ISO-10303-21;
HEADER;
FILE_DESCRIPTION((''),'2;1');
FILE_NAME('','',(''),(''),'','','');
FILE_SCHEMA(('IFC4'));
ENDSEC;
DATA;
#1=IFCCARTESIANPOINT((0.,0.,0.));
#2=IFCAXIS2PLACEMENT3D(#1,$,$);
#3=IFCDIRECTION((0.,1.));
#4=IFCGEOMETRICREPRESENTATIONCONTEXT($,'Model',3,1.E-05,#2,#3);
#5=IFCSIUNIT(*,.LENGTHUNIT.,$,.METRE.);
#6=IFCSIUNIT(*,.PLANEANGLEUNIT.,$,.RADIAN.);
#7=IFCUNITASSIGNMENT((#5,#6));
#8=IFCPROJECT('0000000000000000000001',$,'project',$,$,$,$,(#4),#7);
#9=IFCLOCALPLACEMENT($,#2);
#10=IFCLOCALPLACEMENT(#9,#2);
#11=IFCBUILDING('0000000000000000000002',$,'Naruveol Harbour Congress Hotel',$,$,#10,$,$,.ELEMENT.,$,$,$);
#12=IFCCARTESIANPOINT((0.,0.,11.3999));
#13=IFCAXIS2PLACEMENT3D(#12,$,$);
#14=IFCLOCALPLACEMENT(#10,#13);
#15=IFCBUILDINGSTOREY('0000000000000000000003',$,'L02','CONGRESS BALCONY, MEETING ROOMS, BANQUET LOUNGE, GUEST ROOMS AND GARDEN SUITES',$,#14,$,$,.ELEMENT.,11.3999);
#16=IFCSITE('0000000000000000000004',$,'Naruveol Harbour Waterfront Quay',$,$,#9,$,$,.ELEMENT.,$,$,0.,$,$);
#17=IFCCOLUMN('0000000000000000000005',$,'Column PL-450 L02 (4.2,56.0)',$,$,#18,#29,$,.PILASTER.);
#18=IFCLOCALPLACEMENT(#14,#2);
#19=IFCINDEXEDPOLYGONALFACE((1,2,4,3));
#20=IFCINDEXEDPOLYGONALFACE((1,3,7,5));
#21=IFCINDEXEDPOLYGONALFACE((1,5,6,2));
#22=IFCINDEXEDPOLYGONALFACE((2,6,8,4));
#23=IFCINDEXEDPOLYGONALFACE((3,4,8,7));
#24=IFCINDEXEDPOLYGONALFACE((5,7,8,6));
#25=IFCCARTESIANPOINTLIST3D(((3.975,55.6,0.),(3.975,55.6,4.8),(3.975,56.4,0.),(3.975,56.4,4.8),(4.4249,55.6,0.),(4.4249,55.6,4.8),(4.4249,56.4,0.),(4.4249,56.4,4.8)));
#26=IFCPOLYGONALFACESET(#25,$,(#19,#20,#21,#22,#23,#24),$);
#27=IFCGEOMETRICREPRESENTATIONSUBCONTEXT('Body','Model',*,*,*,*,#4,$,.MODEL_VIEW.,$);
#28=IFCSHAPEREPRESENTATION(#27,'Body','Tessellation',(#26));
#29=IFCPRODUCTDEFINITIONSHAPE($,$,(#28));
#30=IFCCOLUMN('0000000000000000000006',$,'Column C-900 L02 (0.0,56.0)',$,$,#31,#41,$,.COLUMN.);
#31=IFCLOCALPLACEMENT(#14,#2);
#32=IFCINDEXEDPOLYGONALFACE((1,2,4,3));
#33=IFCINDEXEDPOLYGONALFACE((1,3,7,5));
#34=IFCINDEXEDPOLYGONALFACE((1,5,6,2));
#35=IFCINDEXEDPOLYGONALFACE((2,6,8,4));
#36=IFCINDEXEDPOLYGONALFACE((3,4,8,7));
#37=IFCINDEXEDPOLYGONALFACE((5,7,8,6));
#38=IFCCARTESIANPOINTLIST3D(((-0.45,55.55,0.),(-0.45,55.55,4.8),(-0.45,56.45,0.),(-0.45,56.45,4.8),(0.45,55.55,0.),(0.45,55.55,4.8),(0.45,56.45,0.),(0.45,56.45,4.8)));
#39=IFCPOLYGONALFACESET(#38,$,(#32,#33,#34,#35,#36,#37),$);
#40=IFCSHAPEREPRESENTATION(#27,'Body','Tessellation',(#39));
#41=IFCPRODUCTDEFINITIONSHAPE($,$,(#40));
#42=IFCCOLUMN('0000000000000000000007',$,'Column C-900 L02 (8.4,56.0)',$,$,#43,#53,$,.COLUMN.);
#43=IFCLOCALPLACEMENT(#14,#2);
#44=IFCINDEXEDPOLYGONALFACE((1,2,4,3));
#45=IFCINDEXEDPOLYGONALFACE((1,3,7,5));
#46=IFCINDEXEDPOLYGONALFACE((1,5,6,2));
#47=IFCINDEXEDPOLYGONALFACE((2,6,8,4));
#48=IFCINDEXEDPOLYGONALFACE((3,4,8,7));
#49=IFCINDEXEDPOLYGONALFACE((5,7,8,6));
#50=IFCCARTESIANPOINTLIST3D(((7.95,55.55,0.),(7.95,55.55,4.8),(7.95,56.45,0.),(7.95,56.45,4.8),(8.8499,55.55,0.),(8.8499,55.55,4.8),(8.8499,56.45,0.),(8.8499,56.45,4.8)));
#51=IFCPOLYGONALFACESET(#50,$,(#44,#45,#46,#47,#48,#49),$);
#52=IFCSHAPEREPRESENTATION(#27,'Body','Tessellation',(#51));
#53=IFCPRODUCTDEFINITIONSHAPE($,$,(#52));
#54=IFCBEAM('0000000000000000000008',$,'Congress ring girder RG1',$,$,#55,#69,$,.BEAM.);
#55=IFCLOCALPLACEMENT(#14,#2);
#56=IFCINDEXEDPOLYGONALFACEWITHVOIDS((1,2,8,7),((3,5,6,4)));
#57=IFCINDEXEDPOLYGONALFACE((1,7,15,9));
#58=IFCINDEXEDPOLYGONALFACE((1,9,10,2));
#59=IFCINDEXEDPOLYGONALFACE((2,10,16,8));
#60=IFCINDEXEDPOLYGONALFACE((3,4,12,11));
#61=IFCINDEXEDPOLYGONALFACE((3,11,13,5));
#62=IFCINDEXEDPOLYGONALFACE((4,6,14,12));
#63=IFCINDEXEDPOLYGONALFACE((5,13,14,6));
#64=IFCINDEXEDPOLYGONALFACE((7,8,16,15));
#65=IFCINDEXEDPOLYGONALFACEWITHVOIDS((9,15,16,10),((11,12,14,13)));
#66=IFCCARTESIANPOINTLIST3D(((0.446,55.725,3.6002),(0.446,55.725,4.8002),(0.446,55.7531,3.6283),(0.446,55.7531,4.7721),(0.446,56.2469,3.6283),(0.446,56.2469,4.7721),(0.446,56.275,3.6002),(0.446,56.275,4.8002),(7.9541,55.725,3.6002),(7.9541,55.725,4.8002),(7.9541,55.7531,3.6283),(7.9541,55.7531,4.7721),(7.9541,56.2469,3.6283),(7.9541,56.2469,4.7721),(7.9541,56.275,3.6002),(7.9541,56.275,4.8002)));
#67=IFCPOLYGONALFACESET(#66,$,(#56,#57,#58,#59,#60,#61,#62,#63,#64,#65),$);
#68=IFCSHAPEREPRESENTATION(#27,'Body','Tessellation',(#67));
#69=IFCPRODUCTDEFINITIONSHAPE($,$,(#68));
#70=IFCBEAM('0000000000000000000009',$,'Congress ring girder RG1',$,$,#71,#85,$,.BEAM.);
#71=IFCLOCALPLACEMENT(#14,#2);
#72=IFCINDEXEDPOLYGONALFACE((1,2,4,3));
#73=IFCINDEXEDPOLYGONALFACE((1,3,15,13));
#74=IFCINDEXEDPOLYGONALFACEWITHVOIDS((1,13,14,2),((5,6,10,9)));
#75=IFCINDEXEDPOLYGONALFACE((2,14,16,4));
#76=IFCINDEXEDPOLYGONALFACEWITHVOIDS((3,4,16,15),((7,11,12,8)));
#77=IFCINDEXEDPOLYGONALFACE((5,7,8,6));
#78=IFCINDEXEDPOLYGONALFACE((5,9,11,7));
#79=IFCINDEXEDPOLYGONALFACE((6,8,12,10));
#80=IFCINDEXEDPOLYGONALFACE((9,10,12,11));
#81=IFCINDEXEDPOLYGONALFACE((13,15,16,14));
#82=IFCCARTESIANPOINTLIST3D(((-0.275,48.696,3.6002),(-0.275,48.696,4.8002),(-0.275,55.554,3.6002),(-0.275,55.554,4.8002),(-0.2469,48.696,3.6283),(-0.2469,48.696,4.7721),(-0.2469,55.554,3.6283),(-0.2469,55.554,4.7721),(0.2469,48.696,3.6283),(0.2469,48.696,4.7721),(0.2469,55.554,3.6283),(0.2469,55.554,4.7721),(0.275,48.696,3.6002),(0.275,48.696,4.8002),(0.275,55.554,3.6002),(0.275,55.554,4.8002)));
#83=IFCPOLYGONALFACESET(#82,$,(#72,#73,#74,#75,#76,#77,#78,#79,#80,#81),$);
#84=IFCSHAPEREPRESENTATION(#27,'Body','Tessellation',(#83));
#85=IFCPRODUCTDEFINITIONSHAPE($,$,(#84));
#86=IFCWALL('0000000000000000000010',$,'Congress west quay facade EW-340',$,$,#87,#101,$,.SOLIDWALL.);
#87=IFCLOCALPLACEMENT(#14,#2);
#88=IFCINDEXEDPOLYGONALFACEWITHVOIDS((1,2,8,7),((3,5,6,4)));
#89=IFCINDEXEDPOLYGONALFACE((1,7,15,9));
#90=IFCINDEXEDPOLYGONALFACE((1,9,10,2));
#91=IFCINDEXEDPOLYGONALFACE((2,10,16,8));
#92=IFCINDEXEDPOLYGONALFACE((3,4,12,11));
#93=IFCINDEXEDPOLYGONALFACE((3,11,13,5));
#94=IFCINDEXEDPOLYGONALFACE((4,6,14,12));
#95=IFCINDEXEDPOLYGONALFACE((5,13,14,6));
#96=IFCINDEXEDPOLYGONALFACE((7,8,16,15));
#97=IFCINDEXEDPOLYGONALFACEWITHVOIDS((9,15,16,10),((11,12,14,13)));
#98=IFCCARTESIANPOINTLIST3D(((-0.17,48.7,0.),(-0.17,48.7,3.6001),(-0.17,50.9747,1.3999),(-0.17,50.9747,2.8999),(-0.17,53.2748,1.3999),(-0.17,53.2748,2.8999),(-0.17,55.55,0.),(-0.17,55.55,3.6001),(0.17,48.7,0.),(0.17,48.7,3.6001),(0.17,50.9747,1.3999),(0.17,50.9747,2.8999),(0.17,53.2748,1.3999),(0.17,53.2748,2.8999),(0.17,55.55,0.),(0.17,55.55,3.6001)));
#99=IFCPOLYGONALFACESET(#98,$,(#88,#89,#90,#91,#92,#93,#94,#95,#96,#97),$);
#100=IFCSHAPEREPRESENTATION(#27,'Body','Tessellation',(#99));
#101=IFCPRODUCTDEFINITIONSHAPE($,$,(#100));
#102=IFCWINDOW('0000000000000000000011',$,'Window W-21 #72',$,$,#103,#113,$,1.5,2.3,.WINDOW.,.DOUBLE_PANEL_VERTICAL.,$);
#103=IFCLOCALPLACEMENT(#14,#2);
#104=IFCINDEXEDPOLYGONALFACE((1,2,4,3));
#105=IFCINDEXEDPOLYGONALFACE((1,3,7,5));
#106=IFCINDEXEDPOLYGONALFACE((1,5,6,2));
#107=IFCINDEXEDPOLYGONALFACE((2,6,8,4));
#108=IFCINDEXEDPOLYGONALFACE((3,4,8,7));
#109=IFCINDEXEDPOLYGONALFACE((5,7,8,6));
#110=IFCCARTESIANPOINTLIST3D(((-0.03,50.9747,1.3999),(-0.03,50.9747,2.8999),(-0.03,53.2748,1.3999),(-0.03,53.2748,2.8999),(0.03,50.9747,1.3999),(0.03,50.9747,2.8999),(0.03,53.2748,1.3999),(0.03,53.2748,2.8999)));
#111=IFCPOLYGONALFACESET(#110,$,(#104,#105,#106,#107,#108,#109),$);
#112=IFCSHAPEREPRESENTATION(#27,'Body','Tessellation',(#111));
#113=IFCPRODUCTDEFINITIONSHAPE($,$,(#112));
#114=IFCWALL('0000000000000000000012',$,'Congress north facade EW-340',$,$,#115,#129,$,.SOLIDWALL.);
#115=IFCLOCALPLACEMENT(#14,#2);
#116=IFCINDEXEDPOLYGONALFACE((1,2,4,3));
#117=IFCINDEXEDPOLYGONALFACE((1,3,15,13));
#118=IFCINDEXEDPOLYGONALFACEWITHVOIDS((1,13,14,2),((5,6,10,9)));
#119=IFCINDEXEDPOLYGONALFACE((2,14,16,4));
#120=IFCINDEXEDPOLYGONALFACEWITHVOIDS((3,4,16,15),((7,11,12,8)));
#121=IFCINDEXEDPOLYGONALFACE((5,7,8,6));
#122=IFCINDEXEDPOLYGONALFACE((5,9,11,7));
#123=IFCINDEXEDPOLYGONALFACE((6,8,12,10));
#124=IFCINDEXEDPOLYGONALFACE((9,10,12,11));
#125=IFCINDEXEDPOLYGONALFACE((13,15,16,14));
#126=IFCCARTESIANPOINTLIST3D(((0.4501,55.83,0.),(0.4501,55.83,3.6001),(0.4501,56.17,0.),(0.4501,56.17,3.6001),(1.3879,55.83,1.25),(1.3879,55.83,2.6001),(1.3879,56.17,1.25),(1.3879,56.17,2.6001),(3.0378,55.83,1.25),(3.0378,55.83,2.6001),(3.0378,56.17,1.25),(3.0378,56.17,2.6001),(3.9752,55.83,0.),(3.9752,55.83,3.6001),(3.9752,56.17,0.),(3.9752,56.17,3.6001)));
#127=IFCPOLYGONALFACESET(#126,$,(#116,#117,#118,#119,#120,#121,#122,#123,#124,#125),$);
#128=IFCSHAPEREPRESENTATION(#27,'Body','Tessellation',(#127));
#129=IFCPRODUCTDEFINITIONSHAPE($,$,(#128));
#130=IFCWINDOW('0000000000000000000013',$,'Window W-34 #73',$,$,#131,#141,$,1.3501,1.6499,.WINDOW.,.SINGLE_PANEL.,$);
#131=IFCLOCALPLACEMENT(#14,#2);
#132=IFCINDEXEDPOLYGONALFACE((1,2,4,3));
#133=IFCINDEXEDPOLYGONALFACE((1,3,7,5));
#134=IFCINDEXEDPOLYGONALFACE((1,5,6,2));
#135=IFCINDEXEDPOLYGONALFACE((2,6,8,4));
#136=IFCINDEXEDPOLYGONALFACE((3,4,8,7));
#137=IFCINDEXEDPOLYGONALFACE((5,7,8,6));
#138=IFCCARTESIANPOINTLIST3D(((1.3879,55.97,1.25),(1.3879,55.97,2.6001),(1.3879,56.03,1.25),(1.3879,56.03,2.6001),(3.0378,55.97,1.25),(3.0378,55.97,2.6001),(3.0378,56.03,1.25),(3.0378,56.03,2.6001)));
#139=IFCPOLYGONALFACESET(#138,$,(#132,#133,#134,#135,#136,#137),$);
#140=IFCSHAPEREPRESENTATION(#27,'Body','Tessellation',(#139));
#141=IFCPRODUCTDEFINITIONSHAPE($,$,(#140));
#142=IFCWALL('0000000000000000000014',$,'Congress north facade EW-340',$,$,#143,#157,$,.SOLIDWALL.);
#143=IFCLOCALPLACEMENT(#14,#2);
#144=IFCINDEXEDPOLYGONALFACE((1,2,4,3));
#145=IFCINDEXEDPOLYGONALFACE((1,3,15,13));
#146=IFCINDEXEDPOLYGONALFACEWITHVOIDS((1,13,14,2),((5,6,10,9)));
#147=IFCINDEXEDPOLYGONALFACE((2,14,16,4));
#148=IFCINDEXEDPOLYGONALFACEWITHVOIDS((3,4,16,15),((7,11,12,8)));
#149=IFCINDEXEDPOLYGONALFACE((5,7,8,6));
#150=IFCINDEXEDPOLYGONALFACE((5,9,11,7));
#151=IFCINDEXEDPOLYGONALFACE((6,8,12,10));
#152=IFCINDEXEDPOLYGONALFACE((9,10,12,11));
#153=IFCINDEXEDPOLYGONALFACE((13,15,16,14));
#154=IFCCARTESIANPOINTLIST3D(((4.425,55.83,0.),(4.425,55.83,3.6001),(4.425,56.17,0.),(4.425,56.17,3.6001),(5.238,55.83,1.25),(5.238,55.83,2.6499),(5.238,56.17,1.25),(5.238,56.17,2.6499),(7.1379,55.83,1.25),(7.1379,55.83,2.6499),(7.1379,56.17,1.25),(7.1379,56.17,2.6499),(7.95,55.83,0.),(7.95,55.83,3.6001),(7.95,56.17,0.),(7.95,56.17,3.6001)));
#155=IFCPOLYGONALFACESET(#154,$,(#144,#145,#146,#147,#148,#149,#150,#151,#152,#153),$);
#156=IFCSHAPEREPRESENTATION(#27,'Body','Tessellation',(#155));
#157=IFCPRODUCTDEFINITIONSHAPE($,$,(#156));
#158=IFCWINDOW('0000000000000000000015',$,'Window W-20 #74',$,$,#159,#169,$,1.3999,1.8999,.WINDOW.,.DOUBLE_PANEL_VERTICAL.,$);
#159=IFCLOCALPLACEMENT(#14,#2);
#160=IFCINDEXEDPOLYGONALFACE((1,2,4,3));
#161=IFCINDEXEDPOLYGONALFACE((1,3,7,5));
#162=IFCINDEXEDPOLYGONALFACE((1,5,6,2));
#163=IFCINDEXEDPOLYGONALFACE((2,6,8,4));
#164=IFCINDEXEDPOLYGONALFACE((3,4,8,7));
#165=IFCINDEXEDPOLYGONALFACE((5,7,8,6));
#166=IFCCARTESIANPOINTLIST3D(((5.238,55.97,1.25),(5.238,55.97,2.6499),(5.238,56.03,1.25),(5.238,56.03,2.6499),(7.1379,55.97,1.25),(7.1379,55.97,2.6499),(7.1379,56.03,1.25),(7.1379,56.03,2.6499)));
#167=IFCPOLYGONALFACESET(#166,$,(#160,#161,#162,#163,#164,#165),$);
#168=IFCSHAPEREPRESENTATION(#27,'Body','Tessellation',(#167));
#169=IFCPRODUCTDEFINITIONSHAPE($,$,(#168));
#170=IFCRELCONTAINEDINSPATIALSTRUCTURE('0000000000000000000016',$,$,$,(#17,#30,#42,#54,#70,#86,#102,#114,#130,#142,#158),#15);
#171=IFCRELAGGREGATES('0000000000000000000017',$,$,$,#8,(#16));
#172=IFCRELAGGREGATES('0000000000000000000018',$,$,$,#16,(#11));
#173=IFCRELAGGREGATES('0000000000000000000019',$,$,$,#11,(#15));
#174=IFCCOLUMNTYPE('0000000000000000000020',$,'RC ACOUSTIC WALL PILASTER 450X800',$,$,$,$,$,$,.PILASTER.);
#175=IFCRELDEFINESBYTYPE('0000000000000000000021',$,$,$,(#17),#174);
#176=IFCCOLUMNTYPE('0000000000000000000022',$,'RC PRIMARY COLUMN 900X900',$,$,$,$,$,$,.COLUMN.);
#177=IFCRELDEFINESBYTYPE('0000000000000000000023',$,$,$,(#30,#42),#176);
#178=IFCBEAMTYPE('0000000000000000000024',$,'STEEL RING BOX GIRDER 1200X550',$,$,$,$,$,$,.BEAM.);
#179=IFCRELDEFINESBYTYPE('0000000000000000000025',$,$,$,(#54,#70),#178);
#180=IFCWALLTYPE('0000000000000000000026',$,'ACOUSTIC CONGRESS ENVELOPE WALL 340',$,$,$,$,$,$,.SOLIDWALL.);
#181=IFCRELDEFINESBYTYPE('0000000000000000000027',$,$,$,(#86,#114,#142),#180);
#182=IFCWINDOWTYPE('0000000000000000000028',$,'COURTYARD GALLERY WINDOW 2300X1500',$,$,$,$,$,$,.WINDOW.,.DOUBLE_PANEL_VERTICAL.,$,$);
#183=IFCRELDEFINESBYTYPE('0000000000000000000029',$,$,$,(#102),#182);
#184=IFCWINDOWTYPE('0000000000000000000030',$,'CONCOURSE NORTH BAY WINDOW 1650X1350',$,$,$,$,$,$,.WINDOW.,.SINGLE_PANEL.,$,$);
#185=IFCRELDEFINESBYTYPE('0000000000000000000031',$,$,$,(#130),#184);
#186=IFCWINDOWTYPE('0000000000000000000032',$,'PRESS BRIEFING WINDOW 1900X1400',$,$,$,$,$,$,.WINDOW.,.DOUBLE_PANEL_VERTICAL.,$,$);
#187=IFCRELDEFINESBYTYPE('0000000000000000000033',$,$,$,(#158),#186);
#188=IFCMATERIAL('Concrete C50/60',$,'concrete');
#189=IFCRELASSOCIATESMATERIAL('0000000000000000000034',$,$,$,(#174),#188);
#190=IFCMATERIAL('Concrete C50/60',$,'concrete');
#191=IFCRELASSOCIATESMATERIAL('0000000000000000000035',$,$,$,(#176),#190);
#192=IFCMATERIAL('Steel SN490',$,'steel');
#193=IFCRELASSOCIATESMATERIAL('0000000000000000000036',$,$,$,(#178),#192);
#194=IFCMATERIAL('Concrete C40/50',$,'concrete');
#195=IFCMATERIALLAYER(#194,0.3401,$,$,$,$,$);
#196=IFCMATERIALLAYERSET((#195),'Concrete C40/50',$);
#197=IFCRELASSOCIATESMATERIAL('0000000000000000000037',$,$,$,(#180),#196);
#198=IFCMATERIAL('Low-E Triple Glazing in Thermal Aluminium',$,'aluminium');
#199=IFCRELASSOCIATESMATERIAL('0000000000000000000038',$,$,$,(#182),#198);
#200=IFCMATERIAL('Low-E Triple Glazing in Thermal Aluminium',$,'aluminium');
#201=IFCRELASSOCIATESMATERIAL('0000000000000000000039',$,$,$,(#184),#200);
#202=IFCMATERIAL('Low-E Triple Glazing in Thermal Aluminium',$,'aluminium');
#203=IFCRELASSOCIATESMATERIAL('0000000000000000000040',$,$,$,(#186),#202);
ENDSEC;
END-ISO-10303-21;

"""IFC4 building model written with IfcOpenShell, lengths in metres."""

from ifc_helpers import new_model, si_unit, direction, frame, frame_2d, origin, origin_2d, place, context, subcontext, project, spatial, rectangle, hollow_rectangle, extrude, material, layer, layer_set, material_profile, profile_set, type_object, element, fill, save


model = new_model("IFC4")

# Units and contexts
model_context = context("Model", 3, precision=1e-05, world=origin(), true_north=direction((0.0, 1.0)))
body_context = subcontext(model_context, "Body", "Model", "MODEL_VIEW")
ifc_project = project(units=[si_unit("LENGTHUNIT", "METRE"), si_unit("PLANEANGLEUNIT", "RADIAN")], contexts=[model_context])

# Site, building, storey
site_placement = place(None, origin())
site = spatial("IfcSite", under=ifc_project, at=site_placement, Name="Naruveol Harbour Waterfront Quay", CompositionType="ELEMENT", RefElevation=0.0)
building_placement = place(site_placement, origin())
building = spatial("IfcBuilding", under=site, at=building_placement, Name="Naruveol Harbour Congress Hotel", CompositionType="ELEMENT")
storey_placement = place(building_placement, frame((0.0, 0.0, 11.3999)))
storey = spatial("IfcBuildingStorey", under=building, at=storey_placement, Name="L02", Description="CONGRESS BALCONY, MEETING ROOMS, BANQUET LOUNGE, GUEST ROOMS AND GARDEN SUITES", CompositionType="ELEMENT", Elevation=11.3999)

# Columns
ifc_material_1 = material(Name="Concrete C50/60", Category="concrete")
ifc_material_profile_1 = material_profile(ifc_material_1, rectangle(XDim=0.45, YDim=0.8, at=origin_2d()), Name="RC-450x800")
ifc_profile_set_1 = profile_set([ifc_material_profile_1], Name="Concrete C50/60")
column_type_1 = type_object("IfcColumnType", Name="RC ACOUSTIC WALL PILASTER 450X800", PredefinedType="PILASTER", material=ifc_profile_set_1)
column_placement = place(storey_placement, frame((4.2, 56.0, 0.0), z_axis=(0.0, 0.0, 1.0), x_axis=(1.0, 0.0, 0.0)))
element("IfcColumn", 1, at=column_placement, inside=storey, type_object=column_type_1, Name="Column PL-450 L02 (4.2,56.0)", PredefinedType="PILASTER", context=body_context, shape_type="SweptSolid", body=[
    extrude(rectangle(XDim=0.45, YDim=0.8, at=origin_2d()), origin(), (0.0, 0.0, 1.0), 4.8),
])
ifc_material_2 = material(Name="Concrete C50/60", Category="concrete")
ifc_material_profile_2 = material_profile(ifc_material_2, rectangle(XDim=0.8999, YDim=0.8999, at=origin_2d()), Name="RC-900x900")
ifc_profile_set_2 = profile_set([ifc_material_profile_2], Name="Concrete C50/60")
column_type_2 = type_object("IfcColumnType", Name="RC PRIMARY COLUMN 900X900", PredefinedType="COLUMN", material=ifc_profile_set_2)
for number, where, z_axis, x_axis, name in (
    (2, (0.0, 56.0, 0.0), (0.0, 0.0, 1.0), (1.0, 0.0, 0.0), "Column C-900 L02 (0.0,56.0)"),
    (3, (8.3999, 56.0, 0.0), (0.0, 0.0, 1.0), (1.0, 0.0, 0.0), "Column C-900 L02 (8.4,56.0)"),
):
    element("IfcColumn", number, at=place(storey_placement, frame(where, z_axis=z_axis, x_axis=x_axis)), inside=storey, type_object=column_type_2, Name=name, PredefinedType="COLUMN", context=body_context, shape_type="SweptSolid", body=[
        extrude(rectangle(XDim=0.8999, YDim=0.8999, at=origin_2d()), origin(), (0.0, 0.0, 1.0), 4.8),
    ])

# Beams
ifc_material_3 = material(Name="Steel SN490", Category="steel")
ifc_material_profile_3 = material_profile(ifc_material_3, hollow_rectangle(XDim=0.55, YDim=1.2, WallThickness=0.0281, at=origin_2d()), Name="RHS-1200x550x28")
ifc_profile_set_3 = profile_set([ifc_material_profile_3], Name="Steel SN490")
beam_type = type_object("IfcBeamType", Name="STEEL RING BOX GIRDER 1200X550", PredefinedType="BEAM", material=ifc_profile_set_3)
beam_1_placement = place(storey_placement, frame((0.446, 56.0, 4.2002), z_axis=(1.0, 0.0, 0.0), x_axis=(0.0, 1.0, 0.0)))
element("IfcBeam", 4, at=beam_1_placement, inside=storey, type_object=beam_type, Name="Congress ring girder RG1", PredefinedType="BEAM", context=body_context, shape_type="SweptSolid", body=[
    extrude(hollow_rectangle(XDim=0.55, YDim=1.2, WallThickness=0.0281, at=origin_2d()), origin(), (0.0, 0.0, 1.0), 7.5081),
])
beam_2_placement = place(storey_placement, frame((0.0, 48.696, 4.2002), z_axis=(0.0, 1.0, 0.0), x_axis=(-1.0, 0.0, 0.0)))
element("IfcBeam", 5, at=beam_2_placement, inside=storey, type_object=beam_type, Name="Congress ring girder RG1", PredefinedType="BEAM", context=body_context, shape_type="SweptSolid", body=[
    extrude(hollow_rectangle(XDim=0.55, YDim=1.2, WallThickness=0.0281, at=origin_2d()), origin(), (0.0, 0.0, 1.0), 6.8579),
])

# Walls, openings, windows
ifc_material_4 = material(Name="Concrete C40/50", Category="concrete")
ifc_layer_1 = layer(ifc_material_4, 0.3401)
ifc_layer_set_1 = layer_set([ifc_layer_1], Name="Concrete C40/50")
wall_type_1 = type_object("IfcWallType", Name="ACOUSTIC CONGRESS ENVELOPE WALL 340", PredefinedType="SOLIDWALL", material=ifc_layer_set_1)
wall_1_placement = place(storey_placement, frame((0.0, 48.7, 0.0), z_axis=(0.0, 0.0, 1.0), x_axis=(0.0, 1.0, 0.0)))
wall_1 = element("IfcWall", 6, at=wall_1_placement, inside=storey, type_object=wall_type_1, Name="Congress west quay facade EW-340", PredefinedType="SOLIDWALL", context=body_context, shape_type="SweptSolid", body=[
    extrude(rectangle(XDim=6.8501, YDim=0.3401, at=frame_2d((3.425, 0.0))), origin(), (0.0, 0.0, 1.0), 3.6001),
])
opening_1_placement = place(wall_1_placement, frame((2.2749, 0.0, 1.3999)))
opening_1 = element("IfcOpeningElement", 7, at=opening_1_placement, cuts=wall_1, PredefinedType="OPENING", context=body_context, shape_type="SweptSolid", body=[
    extrude(rectangle(XDim=2.3, YDim=1.5, at=frame_2d((1.1499, 0.75))), frame((0.0, 0.1799, 0.0), z_axis=(0.0, -1.0, 0.0), x_axis=(1.0, 0.0, 0.0)), (0.0, 0.0, 1.0), 0.3601),
])
ifc_material_5 = material(Name="Low-E Triple Glazing in Thermal Aluminium", Category="aluminium")
window_type_1 = type_object("IfcWindowType", Name="COURTYARD GALLERY WINDOW 2300X1500", PartitioningType="DOUBLE_PANEL_VERTICAL", PredefinedType="WINDOW", material=ifc_material_5)
window_1_placement = place(opening_1_placement, origin())
window_1 = element("IfcWindow", 8, at=window_1_placement, inside=storey, type_object=window_type_1, Name="Window W-21 #72", OverallHeight=1.5, OverallWidth=2.3, PartitioningType="DOUBLE_PANEL_VERTICAL", PredefinedType="WINDOW", context=body_context, shape_type="SweptSolid", body=[
    extrude(rectangle(XDim=2.3, YDim=1.5, at=frame_2d((1.1499, 0.75))), frame((0.0, 0.03, 0.0), z_axis=(0.0, -1.0, 0.0), x_axis=(1.0, 0.0, 0.0)), (0.0, 0.0, 1.0), 0.0601),
])
fill(opening_1, window_1)
wall_2_placement = place(storey_placement, frame((0.45, 56.0, 0.0), z_axis=(0.0, 0.0, 1.0), x_axis=(1.0, 0.0, 0.0)))
wall_2 = element("IfcWall", 9, at=wall_2_placement, inside=storey, type_object=wall_type_1, Name="Congress north facade EW-340", PredefinedType="SOLIDWALL", context=body_context, shape_type="SweptSolid", body=[
    extrude(rectangle(XDim=3.5251, YDim=0.3401, at=frame_2d((1.7627, 0.0))), origin(), (0.0, 0.0, 1.0), 3.6001),
])
opening_2_placement = place(wall_2_placement, frame((0.938, 0.0, 1.25)))
opening_2 = element("IfcOpeningElement", 10, at=opening_2_placement, cuts=wall_2, PredefinedType="OPENING", context=body_context, shape_type="SweptSolid", body=[
    extrude(rectangle(XDim=1.6499, YDim=1.3501, at=frame_2d((0.825, 0.675))), frame((0.0, 0.1799, 0.0), z_axis=(0.0, -1.0, 0.0), x_axis=(1.0, 0.0, 0.0)), (0.0, 0.0, 1.0), 0.3601),
])
ifc_material_6 = material(Name="Low-E Triple Glazing in Thermal Aluminium", Category="aluminium")
window_type_2 = type_object("IfcWindowType", Name="CONCOURSE NORTH BAY WINDOW 1650X1350", PartitioningType="SINGLE_PANEL", PredefinedType="WINDOW", material=ifc_material_6)
window_2_placement = place(opening_2_placement, origin())
window_2 = element("IfcWindow", 11, at=window_2_placement, inside=storey, type_object=window_type_2, Name="Window W-34 #73", OverallHeight=1.3501, OverallWidth=1.6499, PartitioningType="SINGLE_PANEL", PredefinedType="WINDOW", context=body_context, shape_type="SweptSolid", body=[
    extrude(rectangle(XDim=1.6499, YDim=1.3501, at=frame_2d((0.825, 0.675))), frame((0.0, 0.03, 0.0), z_axis=(0.0, -1.0, 0.0), x_axis=(1.0, 0.0, 0.0)), (0.0, 0.0, 1.0), 0.0601),
])
fill(opening_2, window_2)
wall_3_placement = place(storey_placement, frame((4.425, 56.0, 0.0), z_axis=(0.0, 0.0, 1.0), x_axis=(1.0, 0.0, 0.0)))
wall_3 = element("IfcWall", 12, at=wall_3_placement, inside=storey, type_object=wall_type_1, Name="Congress north facade EW-340", PredefinedType="SOLIDWALL", context=body_context, shape_type="SweptSolid", body=[
    extrude(rectangle(XDim=3.5249, YDim=0.3401, at=frame_2d((1.7625, 0.0))), origin(), (0.0, 0.0, 1.0), 3.6001),
])
opening_3_placement = place(wall_3_placement, frame((0.813, 0.0, 1.25)))
opening_3 = element("IfcOpeningElement", 13, at=opening_3_placement, cuts=wall_3, PredefinedType="OPENING", context=body_context, shape_type="SweptSolid", body=[
    extrude(rectangle(XDim=1.8999, YDim=1.3999, at=frame_2d((0.95, 0.7))), frame((0.0, 0.1799, 0.0), z_axis=(0.0, -1.0, 0.0), x_axis=(1.0, 0.0, 0.0)), (0.0, 0.0, 1.0), 0.3601),
])
ifc_material_7 = material(Name="Low-E Triple Glazing in Thermal Aluminium", Category="aluminium")
window_type_3 = type_object("IfcWindowType", Name="PRESS BRIEFING WINDOW 1900X1400", PartitioningType="DOUBLE_PANEL_VERTICAL", PredefinedType="WINDOW", material=ifc_material_7)
window_3_placement = place(opening_3_placement, origin())
window_3 = element("IfcWindow", 14, at=window_3_placement, inside=storey, type_object=window_type_3, Name="Window W-20 #74", OverallHeight=1.3999, OverallWidth=1.8999, PartitioningType="DOUBLE_PANEL_VERTICAL", PredefinedType="WINDOW", context=body_context, shape_type="SweptSolid", body=[
    extrude(rectangle(XDim=1.8999, YDim=1.3999, at=frame_2d((0.95, 0.7))), frame((0.0, 0.03, 0.0), z_axis=(0.0, -1.0, 0.0), x_axis=(1.0, 0.0, 0.0)), (0.0, 0.0, 1.0), 0.0601),
])
fill(opening_3, window_3)

save(model, "model.ifc")
